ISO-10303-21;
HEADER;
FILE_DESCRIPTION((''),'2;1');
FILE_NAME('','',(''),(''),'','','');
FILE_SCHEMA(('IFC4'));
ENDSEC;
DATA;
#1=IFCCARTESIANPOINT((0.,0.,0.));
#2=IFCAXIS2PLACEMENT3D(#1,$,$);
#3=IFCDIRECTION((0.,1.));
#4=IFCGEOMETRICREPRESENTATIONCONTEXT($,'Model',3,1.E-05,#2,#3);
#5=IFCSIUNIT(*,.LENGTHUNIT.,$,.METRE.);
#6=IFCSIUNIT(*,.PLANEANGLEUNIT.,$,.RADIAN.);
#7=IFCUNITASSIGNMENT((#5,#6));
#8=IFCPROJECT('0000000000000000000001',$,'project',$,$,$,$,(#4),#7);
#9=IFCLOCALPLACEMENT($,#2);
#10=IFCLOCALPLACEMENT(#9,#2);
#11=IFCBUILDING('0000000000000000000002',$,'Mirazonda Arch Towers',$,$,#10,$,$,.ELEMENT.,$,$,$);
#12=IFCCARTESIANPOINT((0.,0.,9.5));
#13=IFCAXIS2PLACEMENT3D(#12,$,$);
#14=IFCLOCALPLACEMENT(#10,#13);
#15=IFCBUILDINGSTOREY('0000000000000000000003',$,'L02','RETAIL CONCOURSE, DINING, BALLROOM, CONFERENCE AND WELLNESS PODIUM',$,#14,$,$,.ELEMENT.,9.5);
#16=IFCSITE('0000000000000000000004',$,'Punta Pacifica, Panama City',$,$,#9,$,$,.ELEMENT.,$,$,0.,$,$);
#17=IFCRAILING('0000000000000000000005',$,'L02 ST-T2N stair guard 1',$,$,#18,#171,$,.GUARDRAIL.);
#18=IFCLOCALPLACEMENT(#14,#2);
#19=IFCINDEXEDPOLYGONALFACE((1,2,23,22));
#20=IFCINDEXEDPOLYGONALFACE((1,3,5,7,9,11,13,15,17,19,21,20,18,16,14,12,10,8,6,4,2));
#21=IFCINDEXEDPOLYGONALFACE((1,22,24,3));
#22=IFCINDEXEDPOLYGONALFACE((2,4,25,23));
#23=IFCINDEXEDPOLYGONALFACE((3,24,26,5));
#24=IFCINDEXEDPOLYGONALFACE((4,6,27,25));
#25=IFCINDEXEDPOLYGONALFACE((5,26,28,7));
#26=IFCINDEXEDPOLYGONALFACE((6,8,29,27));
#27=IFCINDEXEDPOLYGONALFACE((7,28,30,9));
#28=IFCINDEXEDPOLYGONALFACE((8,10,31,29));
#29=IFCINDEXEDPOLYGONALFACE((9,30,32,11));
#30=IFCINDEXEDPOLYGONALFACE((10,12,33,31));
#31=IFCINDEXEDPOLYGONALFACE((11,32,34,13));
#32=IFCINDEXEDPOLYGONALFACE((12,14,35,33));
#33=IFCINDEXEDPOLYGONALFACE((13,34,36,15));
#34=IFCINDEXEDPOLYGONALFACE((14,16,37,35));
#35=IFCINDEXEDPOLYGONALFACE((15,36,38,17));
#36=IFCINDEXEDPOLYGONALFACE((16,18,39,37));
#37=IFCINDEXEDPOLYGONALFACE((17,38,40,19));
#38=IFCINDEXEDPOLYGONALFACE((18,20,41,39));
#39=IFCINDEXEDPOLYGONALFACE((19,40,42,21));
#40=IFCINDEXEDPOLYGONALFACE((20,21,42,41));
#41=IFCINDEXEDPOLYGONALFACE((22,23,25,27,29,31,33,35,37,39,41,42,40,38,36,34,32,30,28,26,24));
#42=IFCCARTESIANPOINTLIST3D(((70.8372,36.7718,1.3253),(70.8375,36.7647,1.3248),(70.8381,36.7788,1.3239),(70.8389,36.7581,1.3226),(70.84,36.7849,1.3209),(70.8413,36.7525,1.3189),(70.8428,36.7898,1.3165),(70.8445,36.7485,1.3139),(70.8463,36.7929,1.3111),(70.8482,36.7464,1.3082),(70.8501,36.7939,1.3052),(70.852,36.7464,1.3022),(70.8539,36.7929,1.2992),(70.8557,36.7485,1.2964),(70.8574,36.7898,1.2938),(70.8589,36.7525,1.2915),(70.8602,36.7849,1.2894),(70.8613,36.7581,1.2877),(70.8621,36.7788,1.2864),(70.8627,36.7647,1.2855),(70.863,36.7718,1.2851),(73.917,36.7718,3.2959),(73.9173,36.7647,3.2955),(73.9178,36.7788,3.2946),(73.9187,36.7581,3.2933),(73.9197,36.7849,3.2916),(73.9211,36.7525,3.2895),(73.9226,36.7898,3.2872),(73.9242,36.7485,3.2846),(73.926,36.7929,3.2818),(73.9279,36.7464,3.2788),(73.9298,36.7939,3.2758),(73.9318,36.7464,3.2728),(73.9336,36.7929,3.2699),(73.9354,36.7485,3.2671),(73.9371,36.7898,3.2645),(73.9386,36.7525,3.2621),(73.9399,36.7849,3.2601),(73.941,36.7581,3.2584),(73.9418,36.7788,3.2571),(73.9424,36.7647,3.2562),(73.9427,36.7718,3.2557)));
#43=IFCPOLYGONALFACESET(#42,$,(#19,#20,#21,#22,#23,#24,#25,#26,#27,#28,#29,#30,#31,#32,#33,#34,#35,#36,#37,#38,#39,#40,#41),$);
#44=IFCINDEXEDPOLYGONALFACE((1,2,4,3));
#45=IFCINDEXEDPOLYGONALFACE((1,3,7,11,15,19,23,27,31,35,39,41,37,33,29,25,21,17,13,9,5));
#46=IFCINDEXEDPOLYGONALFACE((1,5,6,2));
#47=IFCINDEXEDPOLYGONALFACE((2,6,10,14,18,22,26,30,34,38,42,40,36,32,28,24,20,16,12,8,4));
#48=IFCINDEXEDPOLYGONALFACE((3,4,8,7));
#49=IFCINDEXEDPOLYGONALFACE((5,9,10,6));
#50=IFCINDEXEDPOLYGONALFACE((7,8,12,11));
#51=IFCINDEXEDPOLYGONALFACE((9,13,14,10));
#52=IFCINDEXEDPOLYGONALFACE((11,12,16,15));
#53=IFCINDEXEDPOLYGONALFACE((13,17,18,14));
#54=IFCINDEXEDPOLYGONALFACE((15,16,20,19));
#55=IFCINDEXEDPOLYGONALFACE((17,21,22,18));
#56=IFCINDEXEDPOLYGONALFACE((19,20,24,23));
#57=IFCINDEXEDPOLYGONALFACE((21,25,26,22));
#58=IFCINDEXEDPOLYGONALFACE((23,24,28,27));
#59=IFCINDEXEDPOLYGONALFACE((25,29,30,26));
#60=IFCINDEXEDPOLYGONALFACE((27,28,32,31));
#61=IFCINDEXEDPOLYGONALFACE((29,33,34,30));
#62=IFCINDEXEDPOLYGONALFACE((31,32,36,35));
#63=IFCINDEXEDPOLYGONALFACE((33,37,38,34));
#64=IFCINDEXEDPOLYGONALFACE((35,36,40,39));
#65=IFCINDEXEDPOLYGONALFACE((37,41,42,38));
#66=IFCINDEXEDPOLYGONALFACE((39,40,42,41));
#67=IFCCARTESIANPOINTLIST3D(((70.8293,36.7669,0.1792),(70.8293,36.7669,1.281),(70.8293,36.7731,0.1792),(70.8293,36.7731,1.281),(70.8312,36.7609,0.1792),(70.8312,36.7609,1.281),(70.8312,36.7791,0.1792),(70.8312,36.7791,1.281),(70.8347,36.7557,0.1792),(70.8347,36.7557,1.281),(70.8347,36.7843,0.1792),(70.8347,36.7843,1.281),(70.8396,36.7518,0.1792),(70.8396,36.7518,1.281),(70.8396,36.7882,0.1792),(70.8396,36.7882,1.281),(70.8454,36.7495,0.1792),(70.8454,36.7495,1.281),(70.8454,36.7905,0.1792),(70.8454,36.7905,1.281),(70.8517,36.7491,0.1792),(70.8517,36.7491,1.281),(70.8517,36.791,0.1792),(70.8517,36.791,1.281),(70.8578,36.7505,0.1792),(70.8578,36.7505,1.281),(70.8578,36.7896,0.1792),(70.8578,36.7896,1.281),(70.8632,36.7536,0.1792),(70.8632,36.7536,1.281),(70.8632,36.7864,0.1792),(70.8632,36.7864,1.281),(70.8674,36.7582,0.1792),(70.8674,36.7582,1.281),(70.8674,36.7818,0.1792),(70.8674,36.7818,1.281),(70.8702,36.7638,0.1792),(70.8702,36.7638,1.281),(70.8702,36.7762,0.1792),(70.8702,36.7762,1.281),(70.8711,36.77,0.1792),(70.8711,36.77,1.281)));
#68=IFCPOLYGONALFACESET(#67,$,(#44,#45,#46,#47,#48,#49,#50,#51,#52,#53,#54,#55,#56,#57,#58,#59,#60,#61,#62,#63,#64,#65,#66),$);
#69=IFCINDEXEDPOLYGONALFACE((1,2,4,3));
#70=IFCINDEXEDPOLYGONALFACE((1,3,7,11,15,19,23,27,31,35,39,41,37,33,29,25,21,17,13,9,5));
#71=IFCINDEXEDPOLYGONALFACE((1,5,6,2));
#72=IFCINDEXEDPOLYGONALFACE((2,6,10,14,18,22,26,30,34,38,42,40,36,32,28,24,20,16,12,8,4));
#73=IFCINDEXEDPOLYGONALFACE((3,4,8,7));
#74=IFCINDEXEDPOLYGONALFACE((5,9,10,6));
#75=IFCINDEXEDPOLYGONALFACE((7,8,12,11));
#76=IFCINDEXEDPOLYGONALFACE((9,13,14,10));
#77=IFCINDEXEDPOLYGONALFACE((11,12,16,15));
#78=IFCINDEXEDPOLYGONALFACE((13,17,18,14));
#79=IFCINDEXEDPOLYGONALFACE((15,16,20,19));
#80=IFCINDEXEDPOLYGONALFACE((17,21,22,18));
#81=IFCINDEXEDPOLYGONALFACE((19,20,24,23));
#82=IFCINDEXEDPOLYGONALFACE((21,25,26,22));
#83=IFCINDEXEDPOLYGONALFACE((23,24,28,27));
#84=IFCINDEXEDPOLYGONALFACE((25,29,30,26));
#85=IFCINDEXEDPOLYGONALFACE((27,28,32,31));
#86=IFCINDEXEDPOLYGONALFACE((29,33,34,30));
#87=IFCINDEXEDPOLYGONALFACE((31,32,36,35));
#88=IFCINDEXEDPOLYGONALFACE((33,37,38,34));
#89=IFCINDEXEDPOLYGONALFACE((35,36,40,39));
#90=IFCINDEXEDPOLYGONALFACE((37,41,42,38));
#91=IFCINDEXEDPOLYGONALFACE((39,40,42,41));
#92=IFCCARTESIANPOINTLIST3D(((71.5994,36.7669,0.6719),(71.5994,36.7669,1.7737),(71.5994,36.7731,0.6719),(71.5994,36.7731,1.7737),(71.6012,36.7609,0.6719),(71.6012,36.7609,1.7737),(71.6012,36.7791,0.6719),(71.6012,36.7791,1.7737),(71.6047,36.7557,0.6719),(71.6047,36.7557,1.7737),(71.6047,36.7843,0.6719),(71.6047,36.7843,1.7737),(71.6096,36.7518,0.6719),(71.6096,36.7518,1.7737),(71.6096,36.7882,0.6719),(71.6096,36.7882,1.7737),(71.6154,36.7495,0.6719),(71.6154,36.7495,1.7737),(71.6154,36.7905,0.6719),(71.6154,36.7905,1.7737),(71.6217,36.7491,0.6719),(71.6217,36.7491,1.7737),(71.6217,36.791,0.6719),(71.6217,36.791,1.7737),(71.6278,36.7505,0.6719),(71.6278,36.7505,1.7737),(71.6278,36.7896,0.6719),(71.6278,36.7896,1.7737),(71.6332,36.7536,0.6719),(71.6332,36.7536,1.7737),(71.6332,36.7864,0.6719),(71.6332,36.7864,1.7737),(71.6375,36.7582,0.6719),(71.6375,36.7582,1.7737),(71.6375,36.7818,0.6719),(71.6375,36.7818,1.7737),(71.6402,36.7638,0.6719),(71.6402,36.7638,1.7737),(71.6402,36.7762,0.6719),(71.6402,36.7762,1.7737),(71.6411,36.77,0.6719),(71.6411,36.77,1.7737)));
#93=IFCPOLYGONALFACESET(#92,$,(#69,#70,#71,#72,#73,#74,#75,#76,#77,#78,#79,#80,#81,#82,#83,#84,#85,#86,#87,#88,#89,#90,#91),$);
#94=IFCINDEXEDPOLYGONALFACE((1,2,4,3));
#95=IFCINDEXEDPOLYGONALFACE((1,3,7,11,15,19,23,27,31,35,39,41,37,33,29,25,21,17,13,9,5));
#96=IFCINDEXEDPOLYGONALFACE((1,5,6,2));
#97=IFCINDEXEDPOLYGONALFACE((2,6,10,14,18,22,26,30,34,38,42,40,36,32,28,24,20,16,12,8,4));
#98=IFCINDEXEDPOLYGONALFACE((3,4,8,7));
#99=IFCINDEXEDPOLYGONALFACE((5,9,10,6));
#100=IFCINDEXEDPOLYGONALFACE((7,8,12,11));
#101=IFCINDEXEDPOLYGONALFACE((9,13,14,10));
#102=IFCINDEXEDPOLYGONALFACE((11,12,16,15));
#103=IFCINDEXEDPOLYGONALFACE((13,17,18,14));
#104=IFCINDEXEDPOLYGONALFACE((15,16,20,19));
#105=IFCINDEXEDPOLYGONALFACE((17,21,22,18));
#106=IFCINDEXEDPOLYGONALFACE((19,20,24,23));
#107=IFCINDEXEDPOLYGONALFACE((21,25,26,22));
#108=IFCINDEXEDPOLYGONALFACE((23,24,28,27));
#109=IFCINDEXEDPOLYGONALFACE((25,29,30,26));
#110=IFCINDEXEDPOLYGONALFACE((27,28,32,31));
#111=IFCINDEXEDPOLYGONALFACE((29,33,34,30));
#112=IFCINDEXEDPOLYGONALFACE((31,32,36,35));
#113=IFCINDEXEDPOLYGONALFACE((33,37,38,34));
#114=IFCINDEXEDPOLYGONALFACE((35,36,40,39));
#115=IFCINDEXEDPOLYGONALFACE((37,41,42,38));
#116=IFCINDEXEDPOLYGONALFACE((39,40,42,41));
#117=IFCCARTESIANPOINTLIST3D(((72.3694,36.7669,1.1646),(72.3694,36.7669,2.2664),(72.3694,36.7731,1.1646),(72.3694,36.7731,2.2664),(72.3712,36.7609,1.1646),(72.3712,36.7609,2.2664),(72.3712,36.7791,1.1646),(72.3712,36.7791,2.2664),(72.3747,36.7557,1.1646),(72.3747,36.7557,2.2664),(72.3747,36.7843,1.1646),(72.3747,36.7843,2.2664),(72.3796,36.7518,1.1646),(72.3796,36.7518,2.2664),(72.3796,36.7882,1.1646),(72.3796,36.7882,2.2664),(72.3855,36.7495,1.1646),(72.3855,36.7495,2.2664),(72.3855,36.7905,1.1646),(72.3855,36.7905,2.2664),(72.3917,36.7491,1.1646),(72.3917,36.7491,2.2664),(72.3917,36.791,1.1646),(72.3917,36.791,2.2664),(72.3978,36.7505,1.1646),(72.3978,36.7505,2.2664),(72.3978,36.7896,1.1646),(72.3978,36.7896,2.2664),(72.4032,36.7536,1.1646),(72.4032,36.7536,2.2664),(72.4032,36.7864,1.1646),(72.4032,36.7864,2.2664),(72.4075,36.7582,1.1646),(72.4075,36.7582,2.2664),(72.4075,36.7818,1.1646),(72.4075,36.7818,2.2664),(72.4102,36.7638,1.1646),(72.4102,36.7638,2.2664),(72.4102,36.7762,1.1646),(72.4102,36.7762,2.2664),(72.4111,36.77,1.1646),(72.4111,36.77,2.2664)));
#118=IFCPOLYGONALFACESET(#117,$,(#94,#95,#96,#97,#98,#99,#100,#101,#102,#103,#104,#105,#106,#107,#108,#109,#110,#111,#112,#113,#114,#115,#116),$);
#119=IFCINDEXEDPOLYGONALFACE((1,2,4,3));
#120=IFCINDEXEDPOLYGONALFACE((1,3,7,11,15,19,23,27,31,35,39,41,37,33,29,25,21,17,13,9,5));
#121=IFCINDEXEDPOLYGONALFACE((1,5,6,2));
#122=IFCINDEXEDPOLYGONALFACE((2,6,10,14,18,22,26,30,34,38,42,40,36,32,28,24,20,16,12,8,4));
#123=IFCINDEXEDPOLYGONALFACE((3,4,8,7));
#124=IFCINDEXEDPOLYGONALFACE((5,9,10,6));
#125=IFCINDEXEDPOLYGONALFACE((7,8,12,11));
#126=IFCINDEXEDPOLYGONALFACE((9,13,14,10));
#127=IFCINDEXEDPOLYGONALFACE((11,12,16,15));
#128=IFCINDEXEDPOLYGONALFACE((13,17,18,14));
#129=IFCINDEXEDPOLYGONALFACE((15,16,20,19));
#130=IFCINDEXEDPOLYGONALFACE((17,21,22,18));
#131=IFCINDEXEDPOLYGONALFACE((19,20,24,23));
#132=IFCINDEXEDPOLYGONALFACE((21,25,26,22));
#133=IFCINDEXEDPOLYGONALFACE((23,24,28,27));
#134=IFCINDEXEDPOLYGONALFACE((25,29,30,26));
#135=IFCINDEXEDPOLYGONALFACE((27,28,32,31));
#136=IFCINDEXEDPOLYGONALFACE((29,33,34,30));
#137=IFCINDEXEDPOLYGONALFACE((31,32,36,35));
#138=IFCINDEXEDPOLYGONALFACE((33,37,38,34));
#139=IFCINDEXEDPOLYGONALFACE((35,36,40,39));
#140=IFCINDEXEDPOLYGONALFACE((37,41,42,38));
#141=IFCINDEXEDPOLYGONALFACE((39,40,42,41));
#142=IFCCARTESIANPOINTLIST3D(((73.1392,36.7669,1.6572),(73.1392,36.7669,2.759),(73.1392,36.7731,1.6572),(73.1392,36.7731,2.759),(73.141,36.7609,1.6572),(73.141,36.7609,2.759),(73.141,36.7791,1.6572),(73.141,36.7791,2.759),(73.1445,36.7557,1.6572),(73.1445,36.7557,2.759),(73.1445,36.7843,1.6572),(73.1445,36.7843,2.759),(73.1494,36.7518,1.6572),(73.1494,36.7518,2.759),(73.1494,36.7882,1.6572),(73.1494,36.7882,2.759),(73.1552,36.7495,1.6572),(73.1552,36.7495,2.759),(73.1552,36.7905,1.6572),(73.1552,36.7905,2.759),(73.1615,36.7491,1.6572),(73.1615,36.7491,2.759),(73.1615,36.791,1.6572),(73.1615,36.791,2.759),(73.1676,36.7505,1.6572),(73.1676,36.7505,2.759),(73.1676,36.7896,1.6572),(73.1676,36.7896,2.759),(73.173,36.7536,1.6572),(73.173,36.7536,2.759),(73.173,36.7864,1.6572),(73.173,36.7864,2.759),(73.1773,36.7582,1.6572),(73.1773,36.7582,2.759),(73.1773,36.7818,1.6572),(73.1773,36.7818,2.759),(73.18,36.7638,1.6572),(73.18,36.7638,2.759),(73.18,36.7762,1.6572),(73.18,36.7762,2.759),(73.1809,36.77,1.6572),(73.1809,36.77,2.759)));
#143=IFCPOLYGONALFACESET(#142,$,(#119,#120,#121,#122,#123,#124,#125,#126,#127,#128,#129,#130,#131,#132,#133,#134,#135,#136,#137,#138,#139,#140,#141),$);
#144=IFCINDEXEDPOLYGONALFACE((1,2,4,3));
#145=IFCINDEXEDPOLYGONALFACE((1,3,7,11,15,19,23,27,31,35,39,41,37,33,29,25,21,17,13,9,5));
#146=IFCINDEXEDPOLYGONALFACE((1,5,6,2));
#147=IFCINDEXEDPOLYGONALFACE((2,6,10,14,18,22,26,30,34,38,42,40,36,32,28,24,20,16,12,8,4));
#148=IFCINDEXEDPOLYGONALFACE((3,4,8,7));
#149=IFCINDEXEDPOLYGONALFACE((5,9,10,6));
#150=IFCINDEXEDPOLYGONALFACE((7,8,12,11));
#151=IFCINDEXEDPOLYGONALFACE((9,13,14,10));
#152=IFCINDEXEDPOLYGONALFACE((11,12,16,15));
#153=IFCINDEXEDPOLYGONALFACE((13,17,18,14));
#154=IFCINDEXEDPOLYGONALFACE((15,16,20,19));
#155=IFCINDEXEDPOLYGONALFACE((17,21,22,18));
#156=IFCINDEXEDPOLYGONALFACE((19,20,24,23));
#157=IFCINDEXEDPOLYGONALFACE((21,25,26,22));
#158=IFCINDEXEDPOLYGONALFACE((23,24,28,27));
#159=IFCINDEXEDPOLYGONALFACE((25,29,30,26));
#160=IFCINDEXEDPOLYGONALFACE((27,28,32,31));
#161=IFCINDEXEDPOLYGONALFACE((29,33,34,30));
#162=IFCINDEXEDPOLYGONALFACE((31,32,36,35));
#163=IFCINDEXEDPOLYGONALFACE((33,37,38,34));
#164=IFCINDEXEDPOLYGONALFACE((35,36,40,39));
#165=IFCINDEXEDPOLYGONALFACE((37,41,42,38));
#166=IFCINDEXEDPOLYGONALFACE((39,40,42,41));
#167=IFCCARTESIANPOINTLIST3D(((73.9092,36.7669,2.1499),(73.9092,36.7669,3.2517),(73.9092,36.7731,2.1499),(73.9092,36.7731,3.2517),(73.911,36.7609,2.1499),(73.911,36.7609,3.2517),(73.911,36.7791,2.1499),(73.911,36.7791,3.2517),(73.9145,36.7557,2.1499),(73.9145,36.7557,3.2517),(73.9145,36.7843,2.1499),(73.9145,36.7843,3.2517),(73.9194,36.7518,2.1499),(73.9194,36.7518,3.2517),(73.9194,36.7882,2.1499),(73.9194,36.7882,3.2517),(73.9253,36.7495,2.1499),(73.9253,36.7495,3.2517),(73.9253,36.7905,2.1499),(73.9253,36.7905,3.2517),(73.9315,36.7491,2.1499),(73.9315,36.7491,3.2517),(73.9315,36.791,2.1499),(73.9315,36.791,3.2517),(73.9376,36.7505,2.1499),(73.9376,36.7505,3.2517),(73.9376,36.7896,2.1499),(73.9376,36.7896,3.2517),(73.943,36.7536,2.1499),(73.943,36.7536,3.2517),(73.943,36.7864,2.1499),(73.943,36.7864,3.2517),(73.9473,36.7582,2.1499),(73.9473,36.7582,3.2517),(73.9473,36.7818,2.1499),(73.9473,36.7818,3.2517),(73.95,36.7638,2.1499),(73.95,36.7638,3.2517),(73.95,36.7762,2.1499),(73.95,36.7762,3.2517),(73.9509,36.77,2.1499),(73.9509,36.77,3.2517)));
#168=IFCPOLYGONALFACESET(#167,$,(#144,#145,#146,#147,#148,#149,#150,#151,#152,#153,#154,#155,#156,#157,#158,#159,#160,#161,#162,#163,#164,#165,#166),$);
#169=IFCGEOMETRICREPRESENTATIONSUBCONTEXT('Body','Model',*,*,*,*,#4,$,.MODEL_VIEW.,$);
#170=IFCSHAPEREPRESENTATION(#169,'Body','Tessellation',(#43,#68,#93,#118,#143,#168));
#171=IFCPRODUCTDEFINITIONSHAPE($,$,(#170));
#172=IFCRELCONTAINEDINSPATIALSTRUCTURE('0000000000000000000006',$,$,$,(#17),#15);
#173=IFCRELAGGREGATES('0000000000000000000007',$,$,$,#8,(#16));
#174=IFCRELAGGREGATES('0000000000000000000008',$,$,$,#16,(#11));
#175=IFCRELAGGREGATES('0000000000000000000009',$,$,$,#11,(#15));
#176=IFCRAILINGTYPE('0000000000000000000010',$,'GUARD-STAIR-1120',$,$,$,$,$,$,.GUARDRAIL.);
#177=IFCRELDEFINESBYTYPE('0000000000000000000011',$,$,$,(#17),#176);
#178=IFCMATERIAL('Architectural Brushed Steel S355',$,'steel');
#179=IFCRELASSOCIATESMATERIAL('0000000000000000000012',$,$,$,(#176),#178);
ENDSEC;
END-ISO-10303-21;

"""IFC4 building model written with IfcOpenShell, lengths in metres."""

from ifc_helpers import new_model, si_unit, direction, frame, origin, origin_2d, place, context, subcontext, project, spatial, circle, extrude, material, type_object, element, save


model = new_model("IFC4")

# Units and contexts
model_context = context("Model", 3, precision=1e-05, world=origin(), true_north=direction((0.0, 1.0)))
body_context = subcontext(model_context, "Body", "Model", "MODEL_VIEW")
ifc_project = project(units=[si_unit("LENGTHUNIT", "METRE"), si_unit("PLANEANGLEUNIT", "RADIAN")], contexts=[model_context])

# Site, building, storey
site_placement = place(None, origin())
site = spatial("IfcSite", under=ifc_project, at=site_placement, Name="Punta Pacifica, Panama City", CompositionType="ELEMENT", RefElevation=0.0)
building_placement = place(site_placement, origin())
building = spatial("IfcBuilding", under=site, at=building_placement, Name="Mirazonda Arch Towers", CompositionType="ELEMENT")
storey_placement = place(building_placement, frame((0.0, 0.0, 9.5)))
storey = spatial("IfcBuildingStorey", under=building, at=storey_placement, Name="L02", Description="RETAIL CONCOURSE, DINING, BALLROOM, CONFERENCE AND WELLNESS PODIUM", CompositionType="ELEMENT", Elevation=9.5)

# Shared definitions
ifc_material_1 = material(Name="Architectural Brushed Steel S355", Category="steel")

# Railing
railing_type_1 = type_object("IfcRailingType", Name="GUARD-STAIR-1120", PredefinedType="GUARDRAIL", material=ifc_material_1)
railing_1_placement = place(storey_placement, frame((70.8501, 36.77, 0.1792)))
element("IfcRailing", 1, at=railing_1_placement, inside=storey, type_object=railing_type_1, Name="L02 ST-T2N stair guard 1", PredefinedType="GUARDRAIL", context=body_context, shape_type="SweptSolid", body=[
    extrude(circle(Radius=0.0239, at=origin_2d()), frame((0.0, 0.0, 1.126), z_axis=(0.84232, 0.0, 0.538978), x_axis=(0.0, 1.0, 0.0)), (0.0, 0.0, 1.0), 3.6562),
    extrude(circle(Radius=0.021, at=origin_2d()), origin(), (0.0, 0.0, 1.0), 1.1018),
    extrude(circle(Radius=0.021, at=origin_2d()), frame((0.77, 0.0, 0.4927)), (0.0, 0.0, 1.0), 1.1018),
    extrude(circle(Radius=0.021, at=origin_2d()), frame((1.54, 0.0, 0.9854)), (0.0, 0.0, 1.0), 1.1018),
    extrude(circle(Radius=0.021, at=origin_2d()), frame((2.3098, 0.0, 1.478)), (0.0, 0.0, 1.0), 1.1018),
    extrude(circle(Radius=0.021, at=origin_2d()), frame((3.0798, 0.0, 1.9707)), (0.0, 0.0, 1.0), 1.1018),
])

save(model, "model.ifc")
